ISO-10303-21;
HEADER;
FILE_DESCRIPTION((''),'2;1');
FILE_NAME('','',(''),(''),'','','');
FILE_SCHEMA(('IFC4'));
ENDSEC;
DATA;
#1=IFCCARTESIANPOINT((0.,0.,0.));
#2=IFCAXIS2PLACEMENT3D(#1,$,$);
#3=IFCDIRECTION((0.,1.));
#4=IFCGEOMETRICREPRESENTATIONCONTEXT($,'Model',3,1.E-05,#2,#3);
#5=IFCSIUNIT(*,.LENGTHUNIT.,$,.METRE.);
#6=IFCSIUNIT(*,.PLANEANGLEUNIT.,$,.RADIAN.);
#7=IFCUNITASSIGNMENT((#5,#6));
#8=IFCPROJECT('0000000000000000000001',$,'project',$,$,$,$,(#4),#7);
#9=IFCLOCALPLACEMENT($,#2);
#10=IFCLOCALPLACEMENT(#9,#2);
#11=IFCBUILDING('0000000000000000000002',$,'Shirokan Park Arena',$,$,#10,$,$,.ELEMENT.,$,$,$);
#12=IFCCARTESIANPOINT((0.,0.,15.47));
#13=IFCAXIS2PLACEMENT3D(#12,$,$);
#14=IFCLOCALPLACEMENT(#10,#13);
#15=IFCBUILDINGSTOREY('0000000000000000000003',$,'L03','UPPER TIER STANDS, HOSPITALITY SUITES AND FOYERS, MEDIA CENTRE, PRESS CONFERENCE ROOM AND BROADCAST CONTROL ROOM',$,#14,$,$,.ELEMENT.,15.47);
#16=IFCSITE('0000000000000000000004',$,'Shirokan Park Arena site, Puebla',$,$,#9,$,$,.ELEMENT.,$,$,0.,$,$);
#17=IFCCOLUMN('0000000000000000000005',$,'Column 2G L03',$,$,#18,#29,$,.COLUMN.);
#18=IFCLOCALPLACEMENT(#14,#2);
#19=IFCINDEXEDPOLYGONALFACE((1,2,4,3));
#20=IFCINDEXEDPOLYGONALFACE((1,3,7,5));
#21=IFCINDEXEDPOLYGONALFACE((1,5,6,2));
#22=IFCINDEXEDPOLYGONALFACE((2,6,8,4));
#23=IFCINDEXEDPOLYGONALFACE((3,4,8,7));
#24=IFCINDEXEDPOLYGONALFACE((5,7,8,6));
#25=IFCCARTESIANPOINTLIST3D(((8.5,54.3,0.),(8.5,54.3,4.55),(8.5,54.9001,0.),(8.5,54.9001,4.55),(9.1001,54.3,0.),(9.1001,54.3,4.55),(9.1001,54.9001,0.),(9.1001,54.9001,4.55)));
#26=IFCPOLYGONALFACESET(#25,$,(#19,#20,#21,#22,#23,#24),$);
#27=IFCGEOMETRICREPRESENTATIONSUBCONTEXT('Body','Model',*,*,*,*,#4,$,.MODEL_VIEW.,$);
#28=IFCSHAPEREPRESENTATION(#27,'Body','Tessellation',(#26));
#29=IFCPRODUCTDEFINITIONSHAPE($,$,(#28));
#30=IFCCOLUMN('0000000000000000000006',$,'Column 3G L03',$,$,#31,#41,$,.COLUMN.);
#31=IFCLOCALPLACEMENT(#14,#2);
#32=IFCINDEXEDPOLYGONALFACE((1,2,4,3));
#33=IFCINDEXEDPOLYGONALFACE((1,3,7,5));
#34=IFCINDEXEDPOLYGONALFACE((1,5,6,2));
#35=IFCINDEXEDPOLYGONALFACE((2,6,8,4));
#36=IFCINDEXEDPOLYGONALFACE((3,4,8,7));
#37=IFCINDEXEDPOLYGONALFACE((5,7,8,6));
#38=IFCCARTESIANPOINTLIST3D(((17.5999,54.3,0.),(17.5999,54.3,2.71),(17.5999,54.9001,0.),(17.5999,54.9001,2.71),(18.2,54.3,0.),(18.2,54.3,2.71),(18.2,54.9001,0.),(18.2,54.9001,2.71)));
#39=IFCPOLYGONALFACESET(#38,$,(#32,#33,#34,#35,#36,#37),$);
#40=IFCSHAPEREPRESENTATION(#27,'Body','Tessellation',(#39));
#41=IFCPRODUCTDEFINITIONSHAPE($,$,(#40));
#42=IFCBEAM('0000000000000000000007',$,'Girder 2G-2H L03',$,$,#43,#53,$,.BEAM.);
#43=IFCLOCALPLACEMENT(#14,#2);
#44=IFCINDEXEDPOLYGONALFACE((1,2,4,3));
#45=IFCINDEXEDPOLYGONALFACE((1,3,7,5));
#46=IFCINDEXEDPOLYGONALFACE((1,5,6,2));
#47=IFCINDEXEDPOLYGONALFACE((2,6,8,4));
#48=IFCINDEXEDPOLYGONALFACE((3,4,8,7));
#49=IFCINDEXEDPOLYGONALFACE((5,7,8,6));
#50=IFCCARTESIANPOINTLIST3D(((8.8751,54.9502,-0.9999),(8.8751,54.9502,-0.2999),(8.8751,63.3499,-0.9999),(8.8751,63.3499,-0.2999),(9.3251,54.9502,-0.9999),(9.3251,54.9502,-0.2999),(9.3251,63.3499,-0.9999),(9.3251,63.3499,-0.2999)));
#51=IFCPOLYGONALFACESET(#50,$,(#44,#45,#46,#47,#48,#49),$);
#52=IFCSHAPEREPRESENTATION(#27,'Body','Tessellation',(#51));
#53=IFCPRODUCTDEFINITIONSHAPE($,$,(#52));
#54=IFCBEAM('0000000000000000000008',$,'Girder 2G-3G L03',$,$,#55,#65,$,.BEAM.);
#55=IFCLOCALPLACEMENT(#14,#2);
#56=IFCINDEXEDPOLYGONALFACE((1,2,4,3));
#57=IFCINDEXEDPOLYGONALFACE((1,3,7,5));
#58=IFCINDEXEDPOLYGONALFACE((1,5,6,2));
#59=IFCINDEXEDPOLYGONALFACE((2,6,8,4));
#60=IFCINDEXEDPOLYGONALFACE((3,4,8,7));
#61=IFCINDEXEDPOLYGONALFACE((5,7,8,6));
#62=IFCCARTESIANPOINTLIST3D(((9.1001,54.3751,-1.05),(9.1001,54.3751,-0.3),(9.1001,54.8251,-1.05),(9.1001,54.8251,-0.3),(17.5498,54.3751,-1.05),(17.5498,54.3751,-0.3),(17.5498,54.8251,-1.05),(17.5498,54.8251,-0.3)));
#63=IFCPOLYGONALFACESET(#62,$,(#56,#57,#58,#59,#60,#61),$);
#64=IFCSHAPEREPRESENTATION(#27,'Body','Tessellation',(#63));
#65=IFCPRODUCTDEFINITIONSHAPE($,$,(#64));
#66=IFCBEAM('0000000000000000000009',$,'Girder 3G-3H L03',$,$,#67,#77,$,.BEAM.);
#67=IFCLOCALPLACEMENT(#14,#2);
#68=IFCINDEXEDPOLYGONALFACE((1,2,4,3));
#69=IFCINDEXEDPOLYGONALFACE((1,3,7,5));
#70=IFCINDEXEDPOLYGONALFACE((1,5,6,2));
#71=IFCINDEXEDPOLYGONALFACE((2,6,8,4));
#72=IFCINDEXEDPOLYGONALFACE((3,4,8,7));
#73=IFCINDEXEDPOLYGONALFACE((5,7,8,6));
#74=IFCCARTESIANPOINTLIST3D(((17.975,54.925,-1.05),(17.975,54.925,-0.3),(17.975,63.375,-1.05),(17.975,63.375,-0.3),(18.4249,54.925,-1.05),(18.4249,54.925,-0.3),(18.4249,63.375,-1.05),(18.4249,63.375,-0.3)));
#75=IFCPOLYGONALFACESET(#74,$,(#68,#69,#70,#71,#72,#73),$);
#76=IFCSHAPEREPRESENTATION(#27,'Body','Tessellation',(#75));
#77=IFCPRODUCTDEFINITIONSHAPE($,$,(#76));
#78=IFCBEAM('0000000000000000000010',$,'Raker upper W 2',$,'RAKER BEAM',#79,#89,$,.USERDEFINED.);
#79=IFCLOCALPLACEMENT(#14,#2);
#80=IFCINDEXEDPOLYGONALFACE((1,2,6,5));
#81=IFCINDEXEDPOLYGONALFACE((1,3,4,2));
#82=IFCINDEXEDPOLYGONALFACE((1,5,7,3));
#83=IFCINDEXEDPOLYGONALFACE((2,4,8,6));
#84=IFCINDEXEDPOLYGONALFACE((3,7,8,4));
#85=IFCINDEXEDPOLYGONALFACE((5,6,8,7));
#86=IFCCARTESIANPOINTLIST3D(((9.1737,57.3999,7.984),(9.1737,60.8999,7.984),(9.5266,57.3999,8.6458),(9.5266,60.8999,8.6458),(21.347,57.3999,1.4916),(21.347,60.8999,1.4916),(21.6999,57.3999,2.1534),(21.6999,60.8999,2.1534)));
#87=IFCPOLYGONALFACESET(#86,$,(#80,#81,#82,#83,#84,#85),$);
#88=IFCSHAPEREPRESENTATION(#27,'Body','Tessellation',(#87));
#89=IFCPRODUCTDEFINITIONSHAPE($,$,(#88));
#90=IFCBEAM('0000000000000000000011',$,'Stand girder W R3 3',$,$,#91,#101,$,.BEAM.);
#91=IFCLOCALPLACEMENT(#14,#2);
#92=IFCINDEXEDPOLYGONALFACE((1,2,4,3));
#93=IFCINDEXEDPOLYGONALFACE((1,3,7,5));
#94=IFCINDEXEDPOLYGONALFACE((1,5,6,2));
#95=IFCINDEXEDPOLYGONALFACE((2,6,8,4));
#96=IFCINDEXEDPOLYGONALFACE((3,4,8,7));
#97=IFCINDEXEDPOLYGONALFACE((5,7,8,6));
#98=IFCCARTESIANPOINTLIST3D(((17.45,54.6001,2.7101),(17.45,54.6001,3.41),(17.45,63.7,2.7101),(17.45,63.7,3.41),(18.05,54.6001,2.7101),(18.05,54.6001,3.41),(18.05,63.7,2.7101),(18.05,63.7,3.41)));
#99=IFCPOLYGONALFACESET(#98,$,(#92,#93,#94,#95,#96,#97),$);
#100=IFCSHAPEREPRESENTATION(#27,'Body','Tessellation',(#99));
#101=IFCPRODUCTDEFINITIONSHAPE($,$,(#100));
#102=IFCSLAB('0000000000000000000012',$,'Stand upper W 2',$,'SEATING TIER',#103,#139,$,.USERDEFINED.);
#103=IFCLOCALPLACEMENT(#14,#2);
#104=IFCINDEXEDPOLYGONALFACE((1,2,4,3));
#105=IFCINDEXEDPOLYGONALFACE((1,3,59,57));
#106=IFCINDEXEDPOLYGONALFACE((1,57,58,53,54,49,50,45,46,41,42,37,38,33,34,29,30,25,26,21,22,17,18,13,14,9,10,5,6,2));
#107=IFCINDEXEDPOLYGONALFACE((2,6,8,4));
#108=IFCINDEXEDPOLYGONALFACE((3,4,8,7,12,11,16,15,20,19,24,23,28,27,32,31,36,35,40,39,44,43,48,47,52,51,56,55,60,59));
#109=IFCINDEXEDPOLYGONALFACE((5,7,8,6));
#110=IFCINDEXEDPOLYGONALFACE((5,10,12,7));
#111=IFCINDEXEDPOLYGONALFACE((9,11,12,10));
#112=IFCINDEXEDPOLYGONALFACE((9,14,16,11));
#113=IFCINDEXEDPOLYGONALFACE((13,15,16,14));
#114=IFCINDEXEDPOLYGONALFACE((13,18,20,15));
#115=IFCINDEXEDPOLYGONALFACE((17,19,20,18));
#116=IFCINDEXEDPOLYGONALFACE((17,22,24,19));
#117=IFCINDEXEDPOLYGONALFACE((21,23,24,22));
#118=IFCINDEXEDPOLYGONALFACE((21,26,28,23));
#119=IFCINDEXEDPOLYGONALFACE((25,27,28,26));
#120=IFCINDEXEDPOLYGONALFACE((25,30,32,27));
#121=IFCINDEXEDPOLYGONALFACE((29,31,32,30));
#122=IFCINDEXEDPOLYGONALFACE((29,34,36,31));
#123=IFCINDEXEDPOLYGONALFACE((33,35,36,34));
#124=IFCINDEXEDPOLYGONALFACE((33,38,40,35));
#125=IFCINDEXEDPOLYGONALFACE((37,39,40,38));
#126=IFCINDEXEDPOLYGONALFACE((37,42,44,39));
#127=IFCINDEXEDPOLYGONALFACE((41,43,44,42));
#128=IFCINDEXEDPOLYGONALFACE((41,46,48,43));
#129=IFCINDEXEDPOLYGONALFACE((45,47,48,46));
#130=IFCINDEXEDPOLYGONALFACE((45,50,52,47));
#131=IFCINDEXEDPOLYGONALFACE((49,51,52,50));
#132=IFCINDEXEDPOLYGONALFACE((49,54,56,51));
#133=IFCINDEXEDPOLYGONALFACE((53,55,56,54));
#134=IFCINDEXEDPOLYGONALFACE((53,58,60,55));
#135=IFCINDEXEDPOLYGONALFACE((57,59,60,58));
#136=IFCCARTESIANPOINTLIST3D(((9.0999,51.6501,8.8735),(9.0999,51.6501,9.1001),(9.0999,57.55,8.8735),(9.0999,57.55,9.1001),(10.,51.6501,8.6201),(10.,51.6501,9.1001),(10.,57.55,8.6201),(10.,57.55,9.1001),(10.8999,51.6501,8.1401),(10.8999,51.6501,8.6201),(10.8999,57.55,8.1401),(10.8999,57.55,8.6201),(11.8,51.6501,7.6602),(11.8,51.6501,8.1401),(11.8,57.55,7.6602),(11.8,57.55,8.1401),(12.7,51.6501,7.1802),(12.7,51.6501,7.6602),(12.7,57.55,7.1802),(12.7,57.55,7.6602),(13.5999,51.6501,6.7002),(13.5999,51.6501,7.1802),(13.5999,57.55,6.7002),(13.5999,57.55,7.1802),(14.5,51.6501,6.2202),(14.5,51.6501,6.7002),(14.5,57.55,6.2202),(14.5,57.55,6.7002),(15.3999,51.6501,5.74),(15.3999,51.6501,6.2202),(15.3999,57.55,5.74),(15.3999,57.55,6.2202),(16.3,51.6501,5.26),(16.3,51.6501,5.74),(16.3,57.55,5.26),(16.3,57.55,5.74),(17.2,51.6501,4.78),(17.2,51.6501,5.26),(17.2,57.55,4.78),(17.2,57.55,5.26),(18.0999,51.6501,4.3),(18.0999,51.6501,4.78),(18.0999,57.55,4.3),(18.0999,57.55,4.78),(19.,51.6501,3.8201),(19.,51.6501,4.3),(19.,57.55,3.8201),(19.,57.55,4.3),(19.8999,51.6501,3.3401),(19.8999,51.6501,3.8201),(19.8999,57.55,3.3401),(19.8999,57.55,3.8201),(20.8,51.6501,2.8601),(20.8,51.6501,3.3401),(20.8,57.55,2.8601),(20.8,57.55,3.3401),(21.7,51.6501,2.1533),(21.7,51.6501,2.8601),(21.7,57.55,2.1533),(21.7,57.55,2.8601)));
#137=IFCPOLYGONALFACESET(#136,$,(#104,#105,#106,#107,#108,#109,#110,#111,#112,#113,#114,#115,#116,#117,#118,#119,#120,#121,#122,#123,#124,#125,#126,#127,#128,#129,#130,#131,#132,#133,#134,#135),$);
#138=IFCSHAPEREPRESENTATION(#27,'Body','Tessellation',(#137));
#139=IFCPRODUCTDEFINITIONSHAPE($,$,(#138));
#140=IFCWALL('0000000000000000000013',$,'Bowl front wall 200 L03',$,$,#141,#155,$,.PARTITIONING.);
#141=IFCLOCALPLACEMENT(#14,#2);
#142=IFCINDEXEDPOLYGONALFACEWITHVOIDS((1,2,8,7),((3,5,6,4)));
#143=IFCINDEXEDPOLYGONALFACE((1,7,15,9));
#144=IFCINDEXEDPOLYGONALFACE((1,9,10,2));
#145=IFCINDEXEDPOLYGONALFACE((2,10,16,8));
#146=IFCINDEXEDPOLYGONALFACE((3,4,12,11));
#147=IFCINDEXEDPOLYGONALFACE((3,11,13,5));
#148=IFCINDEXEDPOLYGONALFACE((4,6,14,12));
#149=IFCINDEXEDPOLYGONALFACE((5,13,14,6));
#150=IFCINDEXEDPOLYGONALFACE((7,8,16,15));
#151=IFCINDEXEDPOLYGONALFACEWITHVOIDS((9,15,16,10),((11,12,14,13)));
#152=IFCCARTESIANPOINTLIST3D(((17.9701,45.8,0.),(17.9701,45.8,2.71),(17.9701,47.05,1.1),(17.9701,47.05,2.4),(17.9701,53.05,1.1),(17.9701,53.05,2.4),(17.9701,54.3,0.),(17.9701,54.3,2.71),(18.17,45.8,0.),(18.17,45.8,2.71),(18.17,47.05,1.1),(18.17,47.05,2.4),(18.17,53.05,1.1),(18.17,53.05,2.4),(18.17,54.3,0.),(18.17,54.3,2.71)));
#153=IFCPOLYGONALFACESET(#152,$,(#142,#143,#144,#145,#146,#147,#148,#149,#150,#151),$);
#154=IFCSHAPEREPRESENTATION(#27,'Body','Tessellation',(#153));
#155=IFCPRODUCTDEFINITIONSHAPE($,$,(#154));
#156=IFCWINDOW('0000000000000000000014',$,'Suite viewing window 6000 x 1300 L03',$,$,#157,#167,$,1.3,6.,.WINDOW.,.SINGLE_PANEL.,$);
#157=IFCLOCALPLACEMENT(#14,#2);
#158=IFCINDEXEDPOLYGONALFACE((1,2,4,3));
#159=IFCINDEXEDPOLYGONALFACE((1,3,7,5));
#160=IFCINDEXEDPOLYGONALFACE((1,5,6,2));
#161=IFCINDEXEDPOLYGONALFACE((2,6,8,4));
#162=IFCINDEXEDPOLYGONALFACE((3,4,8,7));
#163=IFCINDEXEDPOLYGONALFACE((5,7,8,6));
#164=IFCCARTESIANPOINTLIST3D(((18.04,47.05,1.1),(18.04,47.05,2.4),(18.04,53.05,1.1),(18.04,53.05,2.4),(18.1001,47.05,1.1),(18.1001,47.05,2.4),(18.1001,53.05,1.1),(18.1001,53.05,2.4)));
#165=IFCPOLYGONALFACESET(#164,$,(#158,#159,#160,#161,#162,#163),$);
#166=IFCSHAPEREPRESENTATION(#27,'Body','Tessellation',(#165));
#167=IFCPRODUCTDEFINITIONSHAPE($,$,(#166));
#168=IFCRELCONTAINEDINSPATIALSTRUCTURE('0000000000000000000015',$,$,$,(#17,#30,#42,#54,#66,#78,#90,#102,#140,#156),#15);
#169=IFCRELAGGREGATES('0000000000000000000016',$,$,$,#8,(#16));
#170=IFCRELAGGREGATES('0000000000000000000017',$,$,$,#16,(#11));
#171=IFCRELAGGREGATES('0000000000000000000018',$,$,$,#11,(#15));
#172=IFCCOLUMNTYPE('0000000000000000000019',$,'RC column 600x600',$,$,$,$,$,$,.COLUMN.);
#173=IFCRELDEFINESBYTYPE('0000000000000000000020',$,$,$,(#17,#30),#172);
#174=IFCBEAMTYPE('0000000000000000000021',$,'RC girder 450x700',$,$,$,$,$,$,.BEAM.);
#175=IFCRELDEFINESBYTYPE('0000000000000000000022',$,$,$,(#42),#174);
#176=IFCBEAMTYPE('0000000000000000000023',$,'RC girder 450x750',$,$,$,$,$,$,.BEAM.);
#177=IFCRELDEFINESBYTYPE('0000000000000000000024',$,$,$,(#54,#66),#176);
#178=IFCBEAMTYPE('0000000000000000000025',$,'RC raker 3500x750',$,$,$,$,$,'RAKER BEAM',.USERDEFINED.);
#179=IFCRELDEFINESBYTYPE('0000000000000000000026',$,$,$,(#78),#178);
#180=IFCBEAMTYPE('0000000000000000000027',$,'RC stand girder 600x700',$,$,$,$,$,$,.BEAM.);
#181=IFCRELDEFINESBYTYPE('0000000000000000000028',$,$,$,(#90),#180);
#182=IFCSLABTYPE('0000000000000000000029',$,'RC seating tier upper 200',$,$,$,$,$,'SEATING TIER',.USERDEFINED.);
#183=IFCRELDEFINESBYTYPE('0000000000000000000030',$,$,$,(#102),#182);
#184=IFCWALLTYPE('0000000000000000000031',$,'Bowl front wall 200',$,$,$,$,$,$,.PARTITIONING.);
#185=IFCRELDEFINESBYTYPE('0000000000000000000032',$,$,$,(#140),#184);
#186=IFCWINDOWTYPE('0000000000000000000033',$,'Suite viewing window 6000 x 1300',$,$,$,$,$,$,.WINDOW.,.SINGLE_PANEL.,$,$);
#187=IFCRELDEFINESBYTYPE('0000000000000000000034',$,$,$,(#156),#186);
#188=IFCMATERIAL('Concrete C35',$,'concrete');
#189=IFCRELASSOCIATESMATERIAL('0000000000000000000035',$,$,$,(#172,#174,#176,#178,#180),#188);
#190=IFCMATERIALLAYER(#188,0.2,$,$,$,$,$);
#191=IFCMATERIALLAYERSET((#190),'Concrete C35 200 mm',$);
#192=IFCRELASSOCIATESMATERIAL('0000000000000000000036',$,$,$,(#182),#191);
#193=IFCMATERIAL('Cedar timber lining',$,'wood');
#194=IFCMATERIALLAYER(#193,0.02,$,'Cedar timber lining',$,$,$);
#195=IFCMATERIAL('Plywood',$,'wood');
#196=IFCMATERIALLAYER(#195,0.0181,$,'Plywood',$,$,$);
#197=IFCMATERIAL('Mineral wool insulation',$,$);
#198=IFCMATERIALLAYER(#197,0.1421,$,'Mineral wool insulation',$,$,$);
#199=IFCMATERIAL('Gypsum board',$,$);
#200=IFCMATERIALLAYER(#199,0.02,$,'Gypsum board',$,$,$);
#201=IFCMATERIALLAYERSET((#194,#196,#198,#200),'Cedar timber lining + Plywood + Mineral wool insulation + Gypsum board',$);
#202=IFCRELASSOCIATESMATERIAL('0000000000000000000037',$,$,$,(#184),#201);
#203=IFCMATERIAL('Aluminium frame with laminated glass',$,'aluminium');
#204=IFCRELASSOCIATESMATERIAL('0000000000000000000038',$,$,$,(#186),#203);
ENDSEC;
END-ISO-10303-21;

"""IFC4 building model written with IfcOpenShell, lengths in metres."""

from ifc_helpers import new_model, si_unit, direction, frame, frame_2d, origin, origin_2d, place, context, subcontext, project, spatial, polyline, rectangle, outline, extrude, material, layer, layer_set, material_profile, profile_set, type_object, element, fill, save


model = new_model("IFC4")

# Units and contexts
model_context = context("Model", 3, precision=1e-05, world=origin(), true_north=direction((0.0, 1.0)))
body_context = subcontext(model_context, "Body", "Model", "MODEL_VIEW")
ifc_project = project(units=[si_unit("LENGTHUNIT", "METRE"), si_unit("PLANEANGLEUNIT", "RADIAN")], contexts=[model_context])

# Site, building, storey
site_placement = place(None, origin())
site = spatial("IfcSite", under=ifc_project, at=site_placement, Name="Shirokan Park Arena site, Puebla", CompositionType="ELEMENT", RefElevation=0.0)
building_placement = place(site_placement, origin())
building = spatial("IfcBuilding", under=site, at=building_placement, Name="Shirokan Park Arena", CompositionType="ELEMENT")
storey_placement = place(building_placement, frame((0.0, 0.0, 15.47)))
storey = spatial("IfcBuildingStorey", under=building, at=storey_placement, Name="L03", Description="UPPER TIER STANDS, HOSPITALITY SUITES AND FOYERS, MEDIA CENTRE, PRESS CONFERENCE ROOM AND BROADCAST CONTROL ROOM", CompositionType="ELEMENT", Elevation=15.47)

# Columns
ifc_material_1 = material(Name="Concrete C35", Category="concrete")
ifc_material_profile_1 = material_profile(ifc_material_1, rectangle(XDim=0.6001, YDim=0.6001, at=origin_2d()), Name="600x600")
ifc_profile_set_1 = profile_set([ifc_material_profile_1], Name="Concrete C35")
column_type = type_object("IfcColumnType", Name="RC column 600x600", PredefinedType="COLUMN", material=ifc_profile_set_1)
column_1_placement = place(storey_placement, frame((8.8, 54.6001, 0.0), z_axis=(0.0, 0.0, 1.0), x_axis=(1.0, 0.0, 0.0)))
element("IfcColumn", 1, at=column_1_placement, inside=storey, type_object=column_type, Name="Column 2G L03", PredefinedType="COLUMN", context=body_context, shape_type="SweptSolid", body=[
    extrude(rectangle(XDim=0.6001, YDim=0.6001, at=origin_2d()), origin(), (0.0, 0.0, 1.0), 4.55),
])
column_2_placement = place(storey_placement, frame((17.8999, 54.6001, 0.0), z_axis=(0.0, 0.0, 1.0), x_axis=(1.0, 0.0, 0.0)))
element("IfcColumn", 2, at=column_2_placement, inside=storey, type_object=column_type, Name="Column 3G L03", PredefinedType="COLUMN", context=body_context, shape_type="SweptSolid", body=[
    extrude(rectangle(XDim=0.6001, YDim=0.6001, at=origin_2d()), origin(), (0.0, 0.0, 1.0), 2.71),
])

# Beams
ifc_material_profile_2 = material_profile(ifc_material_1, rectangle(XDim=0.45, YDim=0.7, at=origin_2d()), Name="450x700")
ifc_profile_set_2 = profile_set([ifc_material_profile_2], Name="Concrete C35")
beam_type_1 = type_object("IfcBeamType", Name="RC girder 450x700", PredefinedType="BEAM", material=ifc_profile_set_2)
beam_1_placement = place(storey_placement, frame((9.1001, 54.9502, -0.6499), z_axis=(0.0, 1.0, 0.0), x_axis=(-1.0, 0.0, 0.0)))
element("IfcBeam", 3, at=beam_1_placement, inside=storey, type_object=beam_type_1, Name="Girder 2G-2H L03", PredefinedType="BEAM", context=body_context, shape_type="SweptSolid", body=[
    extrude(rectangle(XDim=0.45, YDim=0.7, at=origin_2d()), origin(), (0.0, 0.0, 1.0), 8.3997),
])
ifc_material_profile_3 = material_profile(ifc_material_1, rectangle(XDim=0.45, YDim=0.75, at=origin_2d()), Name="450x750")
ifc_profile_set_3 = profile_set([ifc_material_profile_3], Name="Concrete C35")
beam_type_2 = type_object("IfcBeamType", Name="RC girder 450x750", PredefinedType="BEAM", material=ifc_profile_set_3)
beam_2_placement = place(storey_placement, frame((9.1001, 54.6001, -0.675), z_axis=(1.0, 0.0, 0.0), x_axis=(0.0, 1.0, 0.0)))
element("IfcBeam", 4, at=beam_2_placement, inside=storey, type_object=beam_type_2, Name="Girder 2G-3G L03", PredefinedType="BEAM", context=body_context, shape_type="SweptSolid", body=[
    extrude(rectangle(XDim=0.45, YDim=0.75, at=origin_2d()), origin(), (0.0, 0.0, 1.0), 8.4497),
])
beam_3_placement = place(storey_placement, frame((18.2, 54.925, -0.675), z_axis=(0.0, 1.0, 0.0), x_axis=(-1.0, 0.0, 0.0)))
element("IfcBeam", 5, at=beam_3_placement, inside=storey, type_object=beam_type_2, Name="Girder 3G-3H L03", PredefinedType="BEAM", context=body_context, shape_type="SweptSolid", body=[
    extrude(rectangle(XDim=0.45, YDim=0.75, at=origin_2d()), origin(), (0.0, 0.0, 1.0), 8.45),
])
ifc_material_profile_4 = material_profile(ifc_material_1, rectangle(XDim=3.5, YDim=0.75, at=origin_2d()), Name="3500x750")
ifc_profile_set_4 = profile_set([ifc_material_profile_4], Name="Concrete C35")
beam_type_3 = type_object("IfcBeamType", Name="RC raker 3500x750", ElementType="RAKER BEAM", PredefinedType="USERDEFINED", material=ifc_profile_set_4)
beam_4_placement = place(storey_placement, frame((21.5234, 59.1499, 1.8225), z_axis=(-0.882353, 0.0, 0.470587), x_axis=(0.0, -1.0, 0.0)))
element("IfcBeam", 6, at=beam_4_placement, inside=storey, type_object=beam_type_3, Name="Raker upper W 2", ObjectType="RAKER BEAM", PredefinedType="USERDEFINED", context=body_context, shape_type="SweptSolid", body=[
    extrude(rectangle(XDim=3.5, YDim=0.75, at=origin_2d()), origin(), (0.0, 0.0, 1.0), 13.7964),
])
ifc_material_profile_5 = material_profile(ifc_material_1, rectangle(XDim=0.6001, YDim=0.7, at=origin_2d()), Name="600x700")
ifc_profile_set_5 = profile_set([ifc_material_profile_5], Name="Concrete C35")
beam_type_4 = type_object("IfcBeamType", Name="RC stand girder 600x700", PredefinedType="BEAM", material=ifc_profile_set_5)
beam_5_placement = place(storey_placement, frame((17.75, 54.6001, 3.0601), z_axis=(0.0, 1.0, 0.0), x_axis=(-1.0, 0.0, 0.0)))
element("IfcBeam", 7, at=beam_5_placement, inside=storey, type_object=beam_type_4, Name="Stand girder W R3 3", PredefinedType="BEAM", context=body_context, shape_type="SweptSolid", body=[
    extrude(rectangle(XDim=0.6001, YDim=0.7, at=origin_2d()), origin(), (0.0, 0.0, 1.0), 9.0999),
])

# Slab
ifc_layer_1 = layer(ifc_material_1, 0.2)
ifc_layer_set_1 = layer_set([ifc_layer_1], Name="Concrete C35 200 mm")
slab_type = type_object("IfcSlabType", Name="RC seating tier upper 200", ElementType="SEATING TIER", PredefinedType="USERDEFINED", material=ifc_layer_set_1)
slab_placement = place(storey_placement, frame((21.7, 54.6001, 2.8601), z_axis=(0.0, 0.0, 1.0), x_axis=(-1.0, 0.0, 0.0)))
element("IfcSlab", 8, at=slab_placement, inside=storey, type_object=slab_type, Name="Stand upper W 2", ObjectType="SEATING TIER", PredefinedType="USERDEFINED", context=body_context, shape_type="SweptSolid", body=[
    extrude(outline(polyline([(0.0, 0.0), (0.8999, 0.0), (0.8999, 0.48), (1.8, 0.48), (1.8, 0.96), (2.7, 0.96), (2.7, 1.4399), (3.6001, 1.4399), (3.6001, 1.9199), (4.5, 1.9199), (4.5, 2.3999), (5.3999, 2.3999), (5.3999, 2.8799), (6.3, 2.8799), (6.3, 3.3601), (7.2, 3.3601), (7.2, 3.8401), (8.1001, 3.8401), (8.1001, 4.3201), (9.0, 4.3201), (9.0, 4.8), (9.8999, 4.8), (9.8999, 5.28), (10.8, 5.28), (10.8, 5.76), (11.7, 5.76), (11.7, 6.24), (12.6001, 6.24), (12.6001, 6.0134), (0.0, -0.7068), (0.0, 0.0)])), frame((0.0, 2.95, 0.0), z_axis=(0.0, -1.0, 0.0), x_axis=(1.0, 0.0, 0.0)), (0.0, 0.0, 1.0), 5.8999),
])

# Wall, opening, window
ifc_material_2 = material(Name="Cedar timber lining", Category="wood")
ifc_layer_2 = layer(ifc_material_2, 0.02, Name="Cedar timber lining")
ifc_material_3 = material(Name="Plywood", Category="wood")
ifc_layer_3 = layer(ifc_material_3, 0.0181, Name="Plywood")
ifc_material_4 = material(Name="Mineral wool insulation")
ifc_layer_4 = layer(ifc_material_4, 0.1421, Name="Mineral wool insulation")
ifc_material_5 = material(Name="Gypsum board")
ifc_layer_5 = layer(ifc_material_5, 0.02, Name="Gypsum board")
ifc_layer_set_2 = layer_set([ifc_layer_2, ifc_layer_3, ifc_layer_4, ifc_layer_5], Name="Cedar timber lining + Plywood + Mineral wool insulation + Gypsum board")
wall_type_1 = type_object("IfcWallType", Name="Bowl front wall 200", PredefinedType="PARTITIONING", material=ifc_layer_set_2)
wall_1_placement = place(storey_placement, frame((18.0701, 54.3, 0.0), z_axis=(0.0, 0.0, 1.0), x_axis=(0.0, -1.0, 0.0)))
wall_1 = element("IfcWall", 9, at=wall_1_placement, inside=storey, type_object=wall_type_1, Name="Bowl front wall 200 L03", PredefinedType="PARTITIONING", context=body_context, shape_type="SweptSolid", body=[
    extrude(rectangle(XDim=8.5, YDim=0.2, at=frame_2d((4.25, 0.0))), origin(), (0.0, 0.0, 1.0), 2.71),
])
opening_1_placement = place(wall_1_placement, frame((1.25, 0.0, 1.1001)))
opening_1 = element("IfcOpeningElement", 10, at=opening_1_placement, cuts=wall_1, PredefinedType="OPENING", context=body_context, shape_type="SweptSolid", body=[
    extrude(rectangle(XDim=6.0, YDim=1.3, at=frame_2d((3.0, 0.6499))), frame((0.0, 0.1099, 0.0), z_axis=(0.0, -1.0, 0.0), x_axis=(1.0, 0.0, 0.0)), (0.0, 0.0, 1.0), 0.22),
])
ifc_material_6 = material(Name="Aluminium frame with laminated glass", Category="aluminium")
window_type = type_object("IfcWindowType", Name="Suite viewing window 6000 x 1300", PartitioningType="SINGLE_PANEL", PredefinedType="WINDOW", material=ifc_material_6)
window_placement = place(opening_1_placement, origin())
window = element("IfcWindow", 11, at=window_placement, inside=storey, type_object=window_type, Name="Suite viewing window 6000 x 1300 L03", OverallHeight=1.3, OverallWidth=6.0, PartitioningType="SINGLE_PANEL", PredefinedType="WINDOW", context=body_context, shape_type="SweptSolid", body=[
    extrude(rectangle(XDim=6.0, YDim=1.3, at=frame_2d((3.0, 0.6499))), frame((0.0, 0.03, 0.0), z_axis=(0.0, -1.0, 0.0), x_axis=(1.0, 0.0, 0.0)), (0.0, 0.0, 1.0), 0.0601),
])
fill(opening_1, window)

save(model, "model.ifc")
